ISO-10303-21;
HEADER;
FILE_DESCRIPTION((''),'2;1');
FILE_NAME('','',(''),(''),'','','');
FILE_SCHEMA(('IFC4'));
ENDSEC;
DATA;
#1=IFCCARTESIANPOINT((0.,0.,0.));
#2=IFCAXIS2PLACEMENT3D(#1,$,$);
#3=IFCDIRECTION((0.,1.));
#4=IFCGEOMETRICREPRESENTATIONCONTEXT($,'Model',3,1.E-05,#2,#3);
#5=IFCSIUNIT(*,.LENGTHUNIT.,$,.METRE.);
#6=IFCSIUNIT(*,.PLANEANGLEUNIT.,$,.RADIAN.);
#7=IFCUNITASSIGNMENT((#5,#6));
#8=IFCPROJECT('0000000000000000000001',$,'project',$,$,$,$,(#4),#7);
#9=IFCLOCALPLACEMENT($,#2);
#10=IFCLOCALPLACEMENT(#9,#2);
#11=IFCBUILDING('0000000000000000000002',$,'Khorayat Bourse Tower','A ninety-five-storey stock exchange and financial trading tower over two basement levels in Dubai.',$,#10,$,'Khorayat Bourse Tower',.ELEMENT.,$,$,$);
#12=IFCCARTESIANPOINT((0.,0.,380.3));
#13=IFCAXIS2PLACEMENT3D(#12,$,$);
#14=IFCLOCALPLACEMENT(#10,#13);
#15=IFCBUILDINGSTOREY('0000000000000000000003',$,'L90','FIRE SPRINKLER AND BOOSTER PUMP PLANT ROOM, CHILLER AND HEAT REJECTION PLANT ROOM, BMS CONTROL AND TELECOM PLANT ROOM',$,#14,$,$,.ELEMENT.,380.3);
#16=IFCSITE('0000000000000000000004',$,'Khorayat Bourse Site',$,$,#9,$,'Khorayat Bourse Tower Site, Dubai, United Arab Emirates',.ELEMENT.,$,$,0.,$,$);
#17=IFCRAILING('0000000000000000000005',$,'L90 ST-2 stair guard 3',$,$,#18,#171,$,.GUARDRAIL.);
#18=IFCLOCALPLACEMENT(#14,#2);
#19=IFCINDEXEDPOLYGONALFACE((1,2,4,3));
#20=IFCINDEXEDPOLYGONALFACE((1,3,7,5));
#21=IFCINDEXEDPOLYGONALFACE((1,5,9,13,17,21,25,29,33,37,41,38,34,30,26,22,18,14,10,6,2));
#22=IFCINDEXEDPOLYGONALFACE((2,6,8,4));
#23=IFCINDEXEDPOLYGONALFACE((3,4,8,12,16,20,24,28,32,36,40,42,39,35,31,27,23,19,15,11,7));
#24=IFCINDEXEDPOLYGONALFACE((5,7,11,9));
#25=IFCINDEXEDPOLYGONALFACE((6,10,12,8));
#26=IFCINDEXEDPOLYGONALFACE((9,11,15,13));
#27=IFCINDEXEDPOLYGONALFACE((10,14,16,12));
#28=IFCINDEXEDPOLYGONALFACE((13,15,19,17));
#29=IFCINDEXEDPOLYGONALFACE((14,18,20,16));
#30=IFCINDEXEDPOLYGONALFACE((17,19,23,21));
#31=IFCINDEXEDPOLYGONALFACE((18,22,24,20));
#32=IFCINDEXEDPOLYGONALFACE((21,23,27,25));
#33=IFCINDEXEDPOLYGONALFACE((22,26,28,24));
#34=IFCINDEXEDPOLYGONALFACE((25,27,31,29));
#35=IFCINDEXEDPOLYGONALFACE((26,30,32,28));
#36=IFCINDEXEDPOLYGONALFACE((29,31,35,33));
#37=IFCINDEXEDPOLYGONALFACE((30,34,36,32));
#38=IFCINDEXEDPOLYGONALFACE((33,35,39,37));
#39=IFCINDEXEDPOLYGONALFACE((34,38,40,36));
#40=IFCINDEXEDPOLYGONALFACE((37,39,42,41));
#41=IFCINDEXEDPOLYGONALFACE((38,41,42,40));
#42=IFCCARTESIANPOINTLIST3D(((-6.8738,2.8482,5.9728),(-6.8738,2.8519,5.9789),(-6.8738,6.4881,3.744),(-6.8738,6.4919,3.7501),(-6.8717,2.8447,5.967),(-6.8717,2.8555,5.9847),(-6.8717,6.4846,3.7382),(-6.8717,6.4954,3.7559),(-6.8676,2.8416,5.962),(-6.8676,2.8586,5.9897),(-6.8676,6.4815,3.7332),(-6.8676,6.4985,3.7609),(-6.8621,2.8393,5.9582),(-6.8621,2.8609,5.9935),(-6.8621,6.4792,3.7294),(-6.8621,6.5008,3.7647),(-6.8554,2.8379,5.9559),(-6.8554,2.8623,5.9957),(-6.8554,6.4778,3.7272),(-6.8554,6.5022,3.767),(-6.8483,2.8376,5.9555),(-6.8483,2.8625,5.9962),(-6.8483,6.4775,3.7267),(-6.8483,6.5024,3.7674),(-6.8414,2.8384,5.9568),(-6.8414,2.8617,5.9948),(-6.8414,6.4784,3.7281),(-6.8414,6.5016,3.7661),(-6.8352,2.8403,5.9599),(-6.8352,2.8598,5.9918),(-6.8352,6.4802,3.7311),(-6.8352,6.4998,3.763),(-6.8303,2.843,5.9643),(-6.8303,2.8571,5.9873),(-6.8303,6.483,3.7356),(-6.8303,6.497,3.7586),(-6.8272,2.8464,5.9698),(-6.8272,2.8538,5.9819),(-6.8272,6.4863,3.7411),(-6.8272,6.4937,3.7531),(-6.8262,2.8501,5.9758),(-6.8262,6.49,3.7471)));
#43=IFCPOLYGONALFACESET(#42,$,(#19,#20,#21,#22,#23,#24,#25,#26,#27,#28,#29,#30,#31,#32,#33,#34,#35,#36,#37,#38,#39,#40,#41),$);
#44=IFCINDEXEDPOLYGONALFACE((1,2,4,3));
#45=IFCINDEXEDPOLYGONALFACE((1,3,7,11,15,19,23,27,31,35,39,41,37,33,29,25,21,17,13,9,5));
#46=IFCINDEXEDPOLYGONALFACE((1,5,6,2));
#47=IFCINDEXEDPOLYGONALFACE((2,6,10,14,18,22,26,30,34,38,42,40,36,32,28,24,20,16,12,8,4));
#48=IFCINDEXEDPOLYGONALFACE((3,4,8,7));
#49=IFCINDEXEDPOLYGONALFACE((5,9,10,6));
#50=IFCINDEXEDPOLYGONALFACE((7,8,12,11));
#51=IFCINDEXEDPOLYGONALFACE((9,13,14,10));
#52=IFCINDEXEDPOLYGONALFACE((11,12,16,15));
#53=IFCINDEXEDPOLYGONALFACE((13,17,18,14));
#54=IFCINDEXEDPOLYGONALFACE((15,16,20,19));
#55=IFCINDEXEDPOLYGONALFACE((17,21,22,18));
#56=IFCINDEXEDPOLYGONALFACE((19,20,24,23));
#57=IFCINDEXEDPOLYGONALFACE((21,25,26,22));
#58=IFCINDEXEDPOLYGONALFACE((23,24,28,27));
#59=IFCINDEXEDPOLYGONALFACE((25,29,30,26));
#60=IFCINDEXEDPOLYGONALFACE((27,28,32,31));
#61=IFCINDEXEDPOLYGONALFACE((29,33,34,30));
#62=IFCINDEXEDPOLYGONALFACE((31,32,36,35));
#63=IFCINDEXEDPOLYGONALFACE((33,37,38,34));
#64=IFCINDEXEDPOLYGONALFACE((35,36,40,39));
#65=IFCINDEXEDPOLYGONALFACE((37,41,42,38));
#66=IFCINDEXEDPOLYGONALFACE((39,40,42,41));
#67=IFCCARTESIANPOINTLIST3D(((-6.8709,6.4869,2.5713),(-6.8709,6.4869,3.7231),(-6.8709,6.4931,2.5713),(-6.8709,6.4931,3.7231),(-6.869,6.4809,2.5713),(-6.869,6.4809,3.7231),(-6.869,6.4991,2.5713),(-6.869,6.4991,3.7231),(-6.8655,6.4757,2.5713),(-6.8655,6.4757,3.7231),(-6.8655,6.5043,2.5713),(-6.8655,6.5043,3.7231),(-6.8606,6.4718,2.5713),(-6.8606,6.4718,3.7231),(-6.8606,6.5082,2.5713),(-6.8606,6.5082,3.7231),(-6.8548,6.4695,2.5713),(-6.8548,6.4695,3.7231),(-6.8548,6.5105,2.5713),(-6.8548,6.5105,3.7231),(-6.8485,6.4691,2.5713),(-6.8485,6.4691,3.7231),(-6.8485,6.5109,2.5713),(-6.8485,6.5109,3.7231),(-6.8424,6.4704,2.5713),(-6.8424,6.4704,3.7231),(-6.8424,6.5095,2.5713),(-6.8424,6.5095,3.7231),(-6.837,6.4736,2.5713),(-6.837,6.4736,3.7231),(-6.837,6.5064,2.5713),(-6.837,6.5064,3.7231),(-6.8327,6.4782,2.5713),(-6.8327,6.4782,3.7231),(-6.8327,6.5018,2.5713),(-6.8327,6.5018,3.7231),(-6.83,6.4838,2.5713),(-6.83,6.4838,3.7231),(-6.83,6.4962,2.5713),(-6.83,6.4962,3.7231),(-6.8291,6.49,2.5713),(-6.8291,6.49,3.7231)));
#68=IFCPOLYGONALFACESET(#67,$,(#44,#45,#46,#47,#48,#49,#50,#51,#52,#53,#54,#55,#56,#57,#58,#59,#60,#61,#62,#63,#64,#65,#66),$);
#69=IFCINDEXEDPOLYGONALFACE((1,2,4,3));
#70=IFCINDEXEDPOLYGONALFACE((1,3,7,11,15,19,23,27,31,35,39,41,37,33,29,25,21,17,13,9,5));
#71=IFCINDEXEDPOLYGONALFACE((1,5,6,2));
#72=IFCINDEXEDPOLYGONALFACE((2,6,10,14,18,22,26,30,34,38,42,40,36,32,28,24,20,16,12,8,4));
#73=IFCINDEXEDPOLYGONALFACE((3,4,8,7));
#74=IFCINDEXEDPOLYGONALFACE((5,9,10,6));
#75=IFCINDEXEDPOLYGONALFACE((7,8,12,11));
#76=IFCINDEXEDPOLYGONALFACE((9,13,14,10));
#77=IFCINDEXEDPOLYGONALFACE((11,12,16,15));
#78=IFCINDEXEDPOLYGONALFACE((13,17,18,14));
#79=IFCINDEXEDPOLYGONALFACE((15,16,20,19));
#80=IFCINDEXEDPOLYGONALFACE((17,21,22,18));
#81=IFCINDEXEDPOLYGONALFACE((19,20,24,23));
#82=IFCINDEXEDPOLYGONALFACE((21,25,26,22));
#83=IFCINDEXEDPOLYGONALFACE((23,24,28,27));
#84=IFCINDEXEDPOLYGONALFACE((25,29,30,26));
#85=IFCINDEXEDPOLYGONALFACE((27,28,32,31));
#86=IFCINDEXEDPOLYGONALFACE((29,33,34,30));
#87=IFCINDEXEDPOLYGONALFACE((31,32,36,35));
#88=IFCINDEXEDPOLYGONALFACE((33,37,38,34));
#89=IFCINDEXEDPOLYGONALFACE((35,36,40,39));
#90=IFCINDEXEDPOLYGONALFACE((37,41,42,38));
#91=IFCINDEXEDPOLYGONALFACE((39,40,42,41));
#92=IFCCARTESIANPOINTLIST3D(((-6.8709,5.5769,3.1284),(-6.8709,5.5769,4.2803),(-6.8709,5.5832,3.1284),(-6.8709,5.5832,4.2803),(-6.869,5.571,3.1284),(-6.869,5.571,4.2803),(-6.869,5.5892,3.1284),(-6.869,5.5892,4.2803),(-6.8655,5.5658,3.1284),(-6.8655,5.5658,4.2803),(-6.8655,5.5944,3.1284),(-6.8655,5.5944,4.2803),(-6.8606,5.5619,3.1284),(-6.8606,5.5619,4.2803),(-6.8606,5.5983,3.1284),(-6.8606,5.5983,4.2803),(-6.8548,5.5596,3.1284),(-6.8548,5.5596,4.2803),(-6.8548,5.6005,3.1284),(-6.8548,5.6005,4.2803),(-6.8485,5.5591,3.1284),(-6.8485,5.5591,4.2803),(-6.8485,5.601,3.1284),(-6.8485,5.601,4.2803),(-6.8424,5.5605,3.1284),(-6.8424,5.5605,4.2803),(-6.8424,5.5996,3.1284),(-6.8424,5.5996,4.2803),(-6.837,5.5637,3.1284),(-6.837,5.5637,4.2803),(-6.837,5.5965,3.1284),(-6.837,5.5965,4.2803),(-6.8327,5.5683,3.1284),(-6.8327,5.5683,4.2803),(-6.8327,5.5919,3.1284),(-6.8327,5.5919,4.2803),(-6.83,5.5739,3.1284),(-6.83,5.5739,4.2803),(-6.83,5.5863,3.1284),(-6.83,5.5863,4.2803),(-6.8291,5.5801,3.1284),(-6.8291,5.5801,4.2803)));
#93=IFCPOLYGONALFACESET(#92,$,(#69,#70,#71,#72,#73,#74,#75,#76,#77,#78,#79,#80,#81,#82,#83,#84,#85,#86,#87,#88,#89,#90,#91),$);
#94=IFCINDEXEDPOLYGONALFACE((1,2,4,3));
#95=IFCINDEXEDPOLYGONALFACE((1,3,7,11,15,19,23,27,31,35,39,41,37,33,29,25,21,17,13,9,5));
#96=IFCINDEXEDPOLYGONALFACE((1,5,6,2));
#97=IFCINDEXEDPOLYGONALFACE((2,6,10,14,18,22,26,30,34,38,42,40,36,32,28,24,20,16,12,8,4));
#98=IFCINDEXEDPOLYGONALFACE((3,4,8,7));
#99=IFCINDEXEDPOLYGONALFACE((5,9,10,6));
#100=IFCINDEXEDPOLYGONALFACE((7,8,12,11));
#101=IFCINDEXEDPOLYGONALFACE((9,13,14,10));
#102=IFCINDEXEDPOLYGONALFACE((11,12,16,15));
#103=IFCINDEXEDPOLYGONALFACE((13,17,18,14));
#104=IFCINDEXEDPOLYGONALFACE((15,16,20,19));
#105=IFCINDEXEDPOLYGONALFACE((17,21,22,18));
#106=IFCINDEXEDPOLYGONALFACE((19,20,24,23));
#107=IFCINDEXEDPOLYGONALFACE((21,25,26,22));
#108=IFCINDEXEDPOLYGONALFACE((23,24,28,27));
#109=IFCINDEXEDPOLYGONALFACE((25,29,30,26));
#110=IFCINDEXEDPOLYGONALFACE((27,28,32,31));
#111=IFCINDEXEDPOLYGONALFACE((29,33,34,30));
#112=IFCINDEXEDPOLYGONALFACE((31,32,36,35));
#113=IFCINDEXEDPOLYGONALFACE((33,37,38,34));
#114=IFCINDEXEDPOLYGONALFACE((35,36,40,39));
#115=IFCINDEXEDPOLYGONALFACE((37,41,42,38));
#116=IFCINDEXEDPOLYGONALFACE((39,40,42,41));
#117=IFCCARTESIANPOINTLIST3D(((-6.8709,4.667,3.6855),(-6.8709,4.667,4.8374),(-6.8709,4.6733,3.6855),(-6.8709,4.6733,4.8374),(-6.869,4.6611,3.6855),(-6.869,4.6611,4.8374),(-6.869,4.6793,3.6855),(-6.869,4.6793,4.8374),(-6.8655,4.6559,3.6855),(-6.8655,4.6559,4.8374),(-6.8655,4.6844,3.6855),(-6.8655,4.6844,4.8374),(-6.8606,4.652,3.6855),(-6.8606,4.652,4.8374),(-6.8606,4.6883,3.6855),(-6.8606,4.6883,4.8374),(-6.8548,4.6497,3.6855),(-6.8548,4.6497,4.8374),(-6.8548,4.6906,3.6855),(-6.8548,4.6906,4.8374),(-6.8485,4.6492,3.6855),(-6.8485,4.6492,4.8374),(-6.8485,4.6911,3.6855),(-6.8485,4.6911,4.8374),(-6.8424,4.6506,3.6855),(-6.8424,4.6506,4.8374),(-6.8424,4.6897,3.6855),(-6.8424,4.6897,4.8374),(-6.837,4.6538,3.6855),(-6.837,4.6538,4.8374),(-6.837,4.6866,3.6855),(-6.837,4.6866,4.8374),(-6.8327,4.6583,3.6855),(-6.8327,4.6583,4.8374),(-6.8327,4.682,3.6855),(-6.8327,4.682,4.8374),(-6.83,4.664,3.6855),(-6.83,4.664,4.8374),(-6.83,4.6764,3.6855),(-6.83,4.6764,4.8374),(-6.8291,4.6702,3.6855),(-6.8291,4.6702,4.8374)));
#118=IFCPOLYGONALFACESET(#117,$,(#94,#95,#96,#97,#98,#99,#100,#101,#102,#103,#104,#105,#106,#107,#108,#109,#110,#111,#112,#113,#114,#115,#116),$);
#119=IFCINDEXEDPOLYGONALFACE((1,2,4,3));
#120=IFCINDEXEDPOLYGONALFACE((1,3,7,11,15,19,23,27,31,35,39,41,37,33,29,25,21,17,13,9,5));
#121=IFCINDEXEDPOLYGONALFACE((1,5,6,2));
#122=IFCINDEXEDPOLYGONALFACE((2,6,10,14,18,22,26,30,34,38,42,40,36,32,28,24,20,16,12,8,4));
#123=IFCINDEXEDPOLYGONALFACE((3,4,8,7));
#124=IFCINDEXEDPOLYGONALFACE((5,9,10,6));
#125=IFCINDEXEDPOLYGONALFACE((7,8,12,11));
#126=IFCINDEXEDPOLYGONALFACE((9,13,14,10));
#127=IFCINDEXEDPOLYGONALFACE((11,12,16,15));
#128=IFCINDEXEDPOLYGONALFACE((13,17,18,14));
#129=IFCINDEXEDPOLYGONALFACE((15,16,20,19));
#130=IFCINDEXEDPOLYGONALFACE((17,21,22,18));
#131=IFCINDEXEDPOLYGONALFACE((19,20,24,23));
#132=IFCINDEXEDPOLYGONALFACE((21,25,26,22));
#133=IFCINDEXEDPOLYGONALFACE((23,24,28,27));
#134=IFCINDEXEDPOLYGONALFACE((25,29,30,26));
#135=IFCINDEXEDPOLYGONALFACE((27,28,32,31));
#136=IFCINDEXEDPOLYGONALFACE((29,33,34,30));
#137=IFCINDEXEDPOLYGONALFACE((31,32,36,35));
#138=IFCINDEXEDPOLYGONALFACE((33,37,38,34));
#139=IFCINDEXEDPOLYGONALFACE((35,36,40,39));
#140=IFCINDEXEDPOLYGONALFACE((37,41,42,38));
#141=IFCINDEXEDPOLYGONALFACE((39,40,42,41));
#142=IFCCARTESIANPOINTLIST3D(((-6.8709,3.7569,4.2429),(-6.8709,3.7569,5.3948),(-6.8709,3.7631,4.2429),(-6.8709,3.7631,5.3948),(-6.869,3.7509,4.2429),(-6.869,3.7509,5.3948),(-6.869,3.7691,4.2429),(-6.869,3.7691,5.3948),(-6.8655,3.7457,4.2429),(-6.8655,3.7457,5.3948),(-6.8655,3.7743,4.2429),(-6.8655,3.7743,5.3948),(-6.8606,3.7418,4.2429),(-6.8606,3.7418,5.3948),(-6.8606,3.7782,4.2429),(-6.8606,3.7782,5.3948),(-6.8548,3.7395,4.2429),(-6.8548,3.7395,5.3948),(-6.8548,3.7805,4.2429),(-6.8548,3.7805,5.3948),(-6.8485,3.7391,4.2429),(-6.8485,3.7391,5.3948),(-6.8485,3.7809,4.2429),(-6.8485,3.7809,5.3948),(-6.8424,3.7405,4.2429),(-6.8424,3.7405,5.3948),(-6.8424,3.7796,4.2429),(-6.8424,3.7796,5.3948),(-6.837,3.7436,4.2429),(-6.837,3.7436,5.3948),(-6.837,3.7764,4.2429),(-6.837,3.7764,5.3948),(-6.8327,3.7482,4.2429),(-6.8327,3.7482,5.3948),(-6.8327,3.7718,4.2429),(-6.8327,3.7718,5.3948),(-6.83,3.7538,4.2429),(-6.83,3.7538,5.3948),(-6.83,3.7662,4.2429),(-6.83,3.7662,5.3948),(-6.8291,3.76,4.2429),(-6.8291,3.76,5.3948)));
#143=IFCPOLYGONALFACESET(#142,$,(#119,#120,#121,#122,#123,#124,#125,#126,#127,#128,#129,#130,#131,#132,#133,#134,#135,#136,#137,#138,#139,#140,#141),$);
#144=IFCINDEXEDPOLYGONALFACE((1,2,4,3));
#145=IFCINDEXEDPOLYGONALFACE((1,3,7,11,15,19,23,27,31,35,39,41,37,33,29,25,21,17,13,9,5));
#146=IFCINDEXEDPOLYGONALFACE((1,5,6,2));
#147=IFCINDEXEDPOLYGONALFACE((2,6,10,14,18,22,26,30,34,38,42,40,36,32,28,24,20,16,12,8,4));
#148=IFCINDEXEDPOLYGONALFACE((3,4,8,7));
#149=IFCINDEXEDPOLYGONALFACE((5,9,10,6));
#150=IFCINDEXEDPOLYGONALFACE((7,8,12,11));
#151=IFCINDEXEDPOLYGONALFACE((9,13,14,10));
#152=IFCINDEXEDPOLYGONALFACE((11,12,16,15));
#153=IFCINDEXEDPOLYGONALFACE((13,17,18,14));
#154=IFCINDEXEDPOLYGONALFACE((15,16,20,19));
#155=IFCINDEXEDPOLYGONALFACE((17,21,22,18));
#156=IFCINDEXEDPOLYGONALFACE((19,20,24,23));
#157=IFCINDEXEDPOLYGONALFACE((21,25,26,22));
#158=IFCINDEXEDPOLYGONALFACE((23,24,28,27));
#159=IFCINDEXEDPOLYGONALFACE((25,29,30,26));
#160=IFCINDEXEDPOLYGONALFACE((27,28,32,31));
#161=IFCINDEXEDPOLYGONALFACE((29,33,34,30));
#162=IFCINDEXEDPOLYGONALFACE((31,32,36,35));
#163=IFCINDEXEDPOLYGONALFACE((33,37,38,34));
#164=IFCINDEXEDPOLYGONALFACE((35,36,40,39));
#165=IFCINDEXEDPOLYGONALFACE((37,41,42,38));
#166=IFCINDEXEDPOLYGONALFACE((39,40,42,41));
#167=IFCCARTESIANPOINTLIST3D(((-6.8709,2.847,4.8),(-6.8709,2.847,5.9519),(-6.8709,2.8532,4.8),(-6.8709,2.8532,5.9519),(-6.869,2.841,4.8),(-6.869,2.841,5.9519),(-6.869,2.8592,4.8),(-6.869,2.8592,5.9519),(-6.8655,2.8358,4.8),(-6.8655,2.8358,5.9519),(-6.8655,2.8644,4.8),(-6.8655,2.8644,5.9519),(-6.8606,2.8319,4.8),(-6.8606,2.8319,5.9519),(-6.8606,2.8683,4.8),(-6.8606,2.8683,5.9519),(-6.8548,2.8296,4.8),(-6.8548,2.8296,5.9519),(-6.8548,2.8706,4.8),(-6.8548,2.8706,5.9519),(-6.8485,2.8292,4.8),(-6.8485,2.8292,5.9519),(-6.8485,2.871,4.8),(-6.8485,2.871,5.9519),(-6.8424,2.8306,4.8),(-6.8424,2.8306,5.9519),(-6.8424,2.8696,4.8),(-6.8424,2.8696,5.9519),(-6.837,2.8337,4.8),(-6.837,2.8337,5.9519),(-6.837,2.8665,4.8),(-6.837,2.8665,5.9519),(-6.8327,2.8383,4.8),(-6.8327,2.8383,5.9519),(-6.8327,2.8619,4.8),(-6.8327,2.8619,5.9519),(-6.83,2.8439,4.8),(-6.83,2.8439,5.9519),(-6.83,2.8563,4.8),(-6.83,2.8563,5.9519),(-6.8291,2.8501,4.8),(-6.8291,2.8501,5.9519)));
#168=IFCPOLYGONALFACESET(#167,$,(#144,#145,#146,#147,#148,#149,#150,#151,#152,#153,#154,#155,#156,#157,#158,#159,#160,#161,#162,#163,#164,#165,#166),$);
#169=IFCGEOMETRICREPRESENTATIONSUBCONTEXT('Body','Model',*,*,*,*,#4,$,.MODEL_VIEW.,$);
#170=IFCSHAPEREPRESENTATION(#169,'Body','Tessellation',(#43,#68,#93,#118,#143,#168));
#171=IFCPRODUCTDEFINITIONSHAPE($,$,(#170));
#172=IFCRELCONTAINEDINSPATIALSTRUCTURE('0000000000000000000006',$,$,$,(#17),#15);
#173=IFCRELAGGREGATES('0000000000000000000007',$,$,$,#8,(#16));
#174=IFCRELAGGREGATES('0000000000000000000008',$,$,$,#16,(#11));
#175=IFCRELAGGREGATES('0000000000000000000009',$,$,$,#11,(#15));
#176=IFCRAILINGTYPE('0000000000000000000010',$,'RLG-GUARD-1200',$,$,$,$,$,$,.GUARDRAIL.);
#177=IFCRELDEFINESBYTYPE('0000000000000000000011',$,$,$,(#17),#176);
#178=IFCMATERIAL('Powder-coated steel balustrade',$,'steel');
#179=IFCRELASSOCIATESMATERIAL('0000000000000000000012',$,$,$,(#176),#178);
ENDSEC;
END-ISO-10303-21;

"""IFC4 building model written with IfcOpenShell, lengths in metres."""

from ifc_helpers import new_model, si_unit, direction, frame, origin, origin_2d, place, context, subcontext, project, spatial, circle, extrude, source, transform, mapped, material, type_object, element, save


model = new_model("IFC4")

# Units and contexts
model_context = context("Model", 3, precision=1e-05, world=origin(), true_north=direction((0.0, 1.0)))
body_context = subcontext(model_context, "Body", "Model", "MODEL_VIEW")
ifc_project = project(units=[si_unit("LENGTHUNIT", "METRE"), si_unit("PLANEANGLEUNIT", "RADIAN")], contexts=[model_context])

# Site, building, storey
site_placement = place(None, origin())
site = spatial("IfcSite", under=ifc_project, at=site_placement, Name="Khorayat Bourse Site", LongName="Khorayat Bourse Tower Site, Dubai, United Arab Emirates", CompositionType="ELEMENT", RefElevation=0.0)
building_placement = place(site_placement, origin())
building = spatial("IfcBuilding", under=site, at=building_placement, Name="Khorayat Bourse Tower", Description="A ninety-five-storey stock exchange and financial trading tower over two basement levels in Dubai.", LongName="Khorayat Bourse Tower", CompositionType="ELEMENT")
storey_placement = place(building_placement, frame((0.0, 0.0, 380.3)))
storey = spatial("IfcBuildingStorey", under=building, at=storey_placement, Name="L90", Description="FIRE SPRINKLER AND BOOSTER PUMP PLANT ROOM, CHILLER AND HEAT REJECTION PLANT ROOM, BMS CONTROL AND TELECOM PLANT ROOM", CompositionType="ELEMENT", Elevation=380.3)

# Railing
ifc_material_1 = material(Name="Powder-coated steel balustrade", Category="steel")
railing_type_1 = type_object("IfcRailingType", Name="RLG-GUARD-1200", PredefinedType="GUARDRAIL", material=ifc_material_1)
shared_shape_1 = source(origin(), body_context, "Body", "SweptSolid", [
    extrude(circle(Radius=0.0239, at=origin_2d()), frame((0.0, 0.0, 1.1758), z_axis=(0.0, -0.852825, 0.522197), x_axis=(1.0, 0.0, 0.0)), (0.0, 0.0, 1.0), 4.2681),
    extrude(circle(Radius=0.021, at=origin_2d()), origin(), (0.0, 0.0, 1.0), 1.1519),
    extrude(circle(Radius=0.021, at=origin_2d()), frame((0.0, -0.9099, 0.5571)), (0.0, 0.0, 1.0), 1.1519),
    extrude(circle(Radius=0.021, at=origin_2d()), frame((0.0, -1.8198, 1.1143)), (0.0, 0.0, 1.0), 1.1519),
    extrude(circle(Radius=0.021, at=origin_2d()), frame((0.0, -2.73, 1.6716)), (0.0, 0.0, 1.0), 1.1519),
    extrude(circle(Radius=0.021, at=origin_2d()), frame((0.0, -3.6399, 2.2288)), (0.0, 0.0, 1.0), 1.1519),
])
railing_1_placement = place(storey_placement, frame((-6.8501, 6.49, 2.5713)))
element("IfcRailing", 1, at=railing_1_placement, inside=storey, type_object=railing_type_1, Name="L90 ST-2 stair guard 3", PredefinedType="GUARDRAIL", context=body_context, shape_type="MappedRepresentation", body=[
    mapped(shared_shape_1, transform((0.0, 0.0, 0.0), scale=1.0)),
])

save(model, "model.ifc")
